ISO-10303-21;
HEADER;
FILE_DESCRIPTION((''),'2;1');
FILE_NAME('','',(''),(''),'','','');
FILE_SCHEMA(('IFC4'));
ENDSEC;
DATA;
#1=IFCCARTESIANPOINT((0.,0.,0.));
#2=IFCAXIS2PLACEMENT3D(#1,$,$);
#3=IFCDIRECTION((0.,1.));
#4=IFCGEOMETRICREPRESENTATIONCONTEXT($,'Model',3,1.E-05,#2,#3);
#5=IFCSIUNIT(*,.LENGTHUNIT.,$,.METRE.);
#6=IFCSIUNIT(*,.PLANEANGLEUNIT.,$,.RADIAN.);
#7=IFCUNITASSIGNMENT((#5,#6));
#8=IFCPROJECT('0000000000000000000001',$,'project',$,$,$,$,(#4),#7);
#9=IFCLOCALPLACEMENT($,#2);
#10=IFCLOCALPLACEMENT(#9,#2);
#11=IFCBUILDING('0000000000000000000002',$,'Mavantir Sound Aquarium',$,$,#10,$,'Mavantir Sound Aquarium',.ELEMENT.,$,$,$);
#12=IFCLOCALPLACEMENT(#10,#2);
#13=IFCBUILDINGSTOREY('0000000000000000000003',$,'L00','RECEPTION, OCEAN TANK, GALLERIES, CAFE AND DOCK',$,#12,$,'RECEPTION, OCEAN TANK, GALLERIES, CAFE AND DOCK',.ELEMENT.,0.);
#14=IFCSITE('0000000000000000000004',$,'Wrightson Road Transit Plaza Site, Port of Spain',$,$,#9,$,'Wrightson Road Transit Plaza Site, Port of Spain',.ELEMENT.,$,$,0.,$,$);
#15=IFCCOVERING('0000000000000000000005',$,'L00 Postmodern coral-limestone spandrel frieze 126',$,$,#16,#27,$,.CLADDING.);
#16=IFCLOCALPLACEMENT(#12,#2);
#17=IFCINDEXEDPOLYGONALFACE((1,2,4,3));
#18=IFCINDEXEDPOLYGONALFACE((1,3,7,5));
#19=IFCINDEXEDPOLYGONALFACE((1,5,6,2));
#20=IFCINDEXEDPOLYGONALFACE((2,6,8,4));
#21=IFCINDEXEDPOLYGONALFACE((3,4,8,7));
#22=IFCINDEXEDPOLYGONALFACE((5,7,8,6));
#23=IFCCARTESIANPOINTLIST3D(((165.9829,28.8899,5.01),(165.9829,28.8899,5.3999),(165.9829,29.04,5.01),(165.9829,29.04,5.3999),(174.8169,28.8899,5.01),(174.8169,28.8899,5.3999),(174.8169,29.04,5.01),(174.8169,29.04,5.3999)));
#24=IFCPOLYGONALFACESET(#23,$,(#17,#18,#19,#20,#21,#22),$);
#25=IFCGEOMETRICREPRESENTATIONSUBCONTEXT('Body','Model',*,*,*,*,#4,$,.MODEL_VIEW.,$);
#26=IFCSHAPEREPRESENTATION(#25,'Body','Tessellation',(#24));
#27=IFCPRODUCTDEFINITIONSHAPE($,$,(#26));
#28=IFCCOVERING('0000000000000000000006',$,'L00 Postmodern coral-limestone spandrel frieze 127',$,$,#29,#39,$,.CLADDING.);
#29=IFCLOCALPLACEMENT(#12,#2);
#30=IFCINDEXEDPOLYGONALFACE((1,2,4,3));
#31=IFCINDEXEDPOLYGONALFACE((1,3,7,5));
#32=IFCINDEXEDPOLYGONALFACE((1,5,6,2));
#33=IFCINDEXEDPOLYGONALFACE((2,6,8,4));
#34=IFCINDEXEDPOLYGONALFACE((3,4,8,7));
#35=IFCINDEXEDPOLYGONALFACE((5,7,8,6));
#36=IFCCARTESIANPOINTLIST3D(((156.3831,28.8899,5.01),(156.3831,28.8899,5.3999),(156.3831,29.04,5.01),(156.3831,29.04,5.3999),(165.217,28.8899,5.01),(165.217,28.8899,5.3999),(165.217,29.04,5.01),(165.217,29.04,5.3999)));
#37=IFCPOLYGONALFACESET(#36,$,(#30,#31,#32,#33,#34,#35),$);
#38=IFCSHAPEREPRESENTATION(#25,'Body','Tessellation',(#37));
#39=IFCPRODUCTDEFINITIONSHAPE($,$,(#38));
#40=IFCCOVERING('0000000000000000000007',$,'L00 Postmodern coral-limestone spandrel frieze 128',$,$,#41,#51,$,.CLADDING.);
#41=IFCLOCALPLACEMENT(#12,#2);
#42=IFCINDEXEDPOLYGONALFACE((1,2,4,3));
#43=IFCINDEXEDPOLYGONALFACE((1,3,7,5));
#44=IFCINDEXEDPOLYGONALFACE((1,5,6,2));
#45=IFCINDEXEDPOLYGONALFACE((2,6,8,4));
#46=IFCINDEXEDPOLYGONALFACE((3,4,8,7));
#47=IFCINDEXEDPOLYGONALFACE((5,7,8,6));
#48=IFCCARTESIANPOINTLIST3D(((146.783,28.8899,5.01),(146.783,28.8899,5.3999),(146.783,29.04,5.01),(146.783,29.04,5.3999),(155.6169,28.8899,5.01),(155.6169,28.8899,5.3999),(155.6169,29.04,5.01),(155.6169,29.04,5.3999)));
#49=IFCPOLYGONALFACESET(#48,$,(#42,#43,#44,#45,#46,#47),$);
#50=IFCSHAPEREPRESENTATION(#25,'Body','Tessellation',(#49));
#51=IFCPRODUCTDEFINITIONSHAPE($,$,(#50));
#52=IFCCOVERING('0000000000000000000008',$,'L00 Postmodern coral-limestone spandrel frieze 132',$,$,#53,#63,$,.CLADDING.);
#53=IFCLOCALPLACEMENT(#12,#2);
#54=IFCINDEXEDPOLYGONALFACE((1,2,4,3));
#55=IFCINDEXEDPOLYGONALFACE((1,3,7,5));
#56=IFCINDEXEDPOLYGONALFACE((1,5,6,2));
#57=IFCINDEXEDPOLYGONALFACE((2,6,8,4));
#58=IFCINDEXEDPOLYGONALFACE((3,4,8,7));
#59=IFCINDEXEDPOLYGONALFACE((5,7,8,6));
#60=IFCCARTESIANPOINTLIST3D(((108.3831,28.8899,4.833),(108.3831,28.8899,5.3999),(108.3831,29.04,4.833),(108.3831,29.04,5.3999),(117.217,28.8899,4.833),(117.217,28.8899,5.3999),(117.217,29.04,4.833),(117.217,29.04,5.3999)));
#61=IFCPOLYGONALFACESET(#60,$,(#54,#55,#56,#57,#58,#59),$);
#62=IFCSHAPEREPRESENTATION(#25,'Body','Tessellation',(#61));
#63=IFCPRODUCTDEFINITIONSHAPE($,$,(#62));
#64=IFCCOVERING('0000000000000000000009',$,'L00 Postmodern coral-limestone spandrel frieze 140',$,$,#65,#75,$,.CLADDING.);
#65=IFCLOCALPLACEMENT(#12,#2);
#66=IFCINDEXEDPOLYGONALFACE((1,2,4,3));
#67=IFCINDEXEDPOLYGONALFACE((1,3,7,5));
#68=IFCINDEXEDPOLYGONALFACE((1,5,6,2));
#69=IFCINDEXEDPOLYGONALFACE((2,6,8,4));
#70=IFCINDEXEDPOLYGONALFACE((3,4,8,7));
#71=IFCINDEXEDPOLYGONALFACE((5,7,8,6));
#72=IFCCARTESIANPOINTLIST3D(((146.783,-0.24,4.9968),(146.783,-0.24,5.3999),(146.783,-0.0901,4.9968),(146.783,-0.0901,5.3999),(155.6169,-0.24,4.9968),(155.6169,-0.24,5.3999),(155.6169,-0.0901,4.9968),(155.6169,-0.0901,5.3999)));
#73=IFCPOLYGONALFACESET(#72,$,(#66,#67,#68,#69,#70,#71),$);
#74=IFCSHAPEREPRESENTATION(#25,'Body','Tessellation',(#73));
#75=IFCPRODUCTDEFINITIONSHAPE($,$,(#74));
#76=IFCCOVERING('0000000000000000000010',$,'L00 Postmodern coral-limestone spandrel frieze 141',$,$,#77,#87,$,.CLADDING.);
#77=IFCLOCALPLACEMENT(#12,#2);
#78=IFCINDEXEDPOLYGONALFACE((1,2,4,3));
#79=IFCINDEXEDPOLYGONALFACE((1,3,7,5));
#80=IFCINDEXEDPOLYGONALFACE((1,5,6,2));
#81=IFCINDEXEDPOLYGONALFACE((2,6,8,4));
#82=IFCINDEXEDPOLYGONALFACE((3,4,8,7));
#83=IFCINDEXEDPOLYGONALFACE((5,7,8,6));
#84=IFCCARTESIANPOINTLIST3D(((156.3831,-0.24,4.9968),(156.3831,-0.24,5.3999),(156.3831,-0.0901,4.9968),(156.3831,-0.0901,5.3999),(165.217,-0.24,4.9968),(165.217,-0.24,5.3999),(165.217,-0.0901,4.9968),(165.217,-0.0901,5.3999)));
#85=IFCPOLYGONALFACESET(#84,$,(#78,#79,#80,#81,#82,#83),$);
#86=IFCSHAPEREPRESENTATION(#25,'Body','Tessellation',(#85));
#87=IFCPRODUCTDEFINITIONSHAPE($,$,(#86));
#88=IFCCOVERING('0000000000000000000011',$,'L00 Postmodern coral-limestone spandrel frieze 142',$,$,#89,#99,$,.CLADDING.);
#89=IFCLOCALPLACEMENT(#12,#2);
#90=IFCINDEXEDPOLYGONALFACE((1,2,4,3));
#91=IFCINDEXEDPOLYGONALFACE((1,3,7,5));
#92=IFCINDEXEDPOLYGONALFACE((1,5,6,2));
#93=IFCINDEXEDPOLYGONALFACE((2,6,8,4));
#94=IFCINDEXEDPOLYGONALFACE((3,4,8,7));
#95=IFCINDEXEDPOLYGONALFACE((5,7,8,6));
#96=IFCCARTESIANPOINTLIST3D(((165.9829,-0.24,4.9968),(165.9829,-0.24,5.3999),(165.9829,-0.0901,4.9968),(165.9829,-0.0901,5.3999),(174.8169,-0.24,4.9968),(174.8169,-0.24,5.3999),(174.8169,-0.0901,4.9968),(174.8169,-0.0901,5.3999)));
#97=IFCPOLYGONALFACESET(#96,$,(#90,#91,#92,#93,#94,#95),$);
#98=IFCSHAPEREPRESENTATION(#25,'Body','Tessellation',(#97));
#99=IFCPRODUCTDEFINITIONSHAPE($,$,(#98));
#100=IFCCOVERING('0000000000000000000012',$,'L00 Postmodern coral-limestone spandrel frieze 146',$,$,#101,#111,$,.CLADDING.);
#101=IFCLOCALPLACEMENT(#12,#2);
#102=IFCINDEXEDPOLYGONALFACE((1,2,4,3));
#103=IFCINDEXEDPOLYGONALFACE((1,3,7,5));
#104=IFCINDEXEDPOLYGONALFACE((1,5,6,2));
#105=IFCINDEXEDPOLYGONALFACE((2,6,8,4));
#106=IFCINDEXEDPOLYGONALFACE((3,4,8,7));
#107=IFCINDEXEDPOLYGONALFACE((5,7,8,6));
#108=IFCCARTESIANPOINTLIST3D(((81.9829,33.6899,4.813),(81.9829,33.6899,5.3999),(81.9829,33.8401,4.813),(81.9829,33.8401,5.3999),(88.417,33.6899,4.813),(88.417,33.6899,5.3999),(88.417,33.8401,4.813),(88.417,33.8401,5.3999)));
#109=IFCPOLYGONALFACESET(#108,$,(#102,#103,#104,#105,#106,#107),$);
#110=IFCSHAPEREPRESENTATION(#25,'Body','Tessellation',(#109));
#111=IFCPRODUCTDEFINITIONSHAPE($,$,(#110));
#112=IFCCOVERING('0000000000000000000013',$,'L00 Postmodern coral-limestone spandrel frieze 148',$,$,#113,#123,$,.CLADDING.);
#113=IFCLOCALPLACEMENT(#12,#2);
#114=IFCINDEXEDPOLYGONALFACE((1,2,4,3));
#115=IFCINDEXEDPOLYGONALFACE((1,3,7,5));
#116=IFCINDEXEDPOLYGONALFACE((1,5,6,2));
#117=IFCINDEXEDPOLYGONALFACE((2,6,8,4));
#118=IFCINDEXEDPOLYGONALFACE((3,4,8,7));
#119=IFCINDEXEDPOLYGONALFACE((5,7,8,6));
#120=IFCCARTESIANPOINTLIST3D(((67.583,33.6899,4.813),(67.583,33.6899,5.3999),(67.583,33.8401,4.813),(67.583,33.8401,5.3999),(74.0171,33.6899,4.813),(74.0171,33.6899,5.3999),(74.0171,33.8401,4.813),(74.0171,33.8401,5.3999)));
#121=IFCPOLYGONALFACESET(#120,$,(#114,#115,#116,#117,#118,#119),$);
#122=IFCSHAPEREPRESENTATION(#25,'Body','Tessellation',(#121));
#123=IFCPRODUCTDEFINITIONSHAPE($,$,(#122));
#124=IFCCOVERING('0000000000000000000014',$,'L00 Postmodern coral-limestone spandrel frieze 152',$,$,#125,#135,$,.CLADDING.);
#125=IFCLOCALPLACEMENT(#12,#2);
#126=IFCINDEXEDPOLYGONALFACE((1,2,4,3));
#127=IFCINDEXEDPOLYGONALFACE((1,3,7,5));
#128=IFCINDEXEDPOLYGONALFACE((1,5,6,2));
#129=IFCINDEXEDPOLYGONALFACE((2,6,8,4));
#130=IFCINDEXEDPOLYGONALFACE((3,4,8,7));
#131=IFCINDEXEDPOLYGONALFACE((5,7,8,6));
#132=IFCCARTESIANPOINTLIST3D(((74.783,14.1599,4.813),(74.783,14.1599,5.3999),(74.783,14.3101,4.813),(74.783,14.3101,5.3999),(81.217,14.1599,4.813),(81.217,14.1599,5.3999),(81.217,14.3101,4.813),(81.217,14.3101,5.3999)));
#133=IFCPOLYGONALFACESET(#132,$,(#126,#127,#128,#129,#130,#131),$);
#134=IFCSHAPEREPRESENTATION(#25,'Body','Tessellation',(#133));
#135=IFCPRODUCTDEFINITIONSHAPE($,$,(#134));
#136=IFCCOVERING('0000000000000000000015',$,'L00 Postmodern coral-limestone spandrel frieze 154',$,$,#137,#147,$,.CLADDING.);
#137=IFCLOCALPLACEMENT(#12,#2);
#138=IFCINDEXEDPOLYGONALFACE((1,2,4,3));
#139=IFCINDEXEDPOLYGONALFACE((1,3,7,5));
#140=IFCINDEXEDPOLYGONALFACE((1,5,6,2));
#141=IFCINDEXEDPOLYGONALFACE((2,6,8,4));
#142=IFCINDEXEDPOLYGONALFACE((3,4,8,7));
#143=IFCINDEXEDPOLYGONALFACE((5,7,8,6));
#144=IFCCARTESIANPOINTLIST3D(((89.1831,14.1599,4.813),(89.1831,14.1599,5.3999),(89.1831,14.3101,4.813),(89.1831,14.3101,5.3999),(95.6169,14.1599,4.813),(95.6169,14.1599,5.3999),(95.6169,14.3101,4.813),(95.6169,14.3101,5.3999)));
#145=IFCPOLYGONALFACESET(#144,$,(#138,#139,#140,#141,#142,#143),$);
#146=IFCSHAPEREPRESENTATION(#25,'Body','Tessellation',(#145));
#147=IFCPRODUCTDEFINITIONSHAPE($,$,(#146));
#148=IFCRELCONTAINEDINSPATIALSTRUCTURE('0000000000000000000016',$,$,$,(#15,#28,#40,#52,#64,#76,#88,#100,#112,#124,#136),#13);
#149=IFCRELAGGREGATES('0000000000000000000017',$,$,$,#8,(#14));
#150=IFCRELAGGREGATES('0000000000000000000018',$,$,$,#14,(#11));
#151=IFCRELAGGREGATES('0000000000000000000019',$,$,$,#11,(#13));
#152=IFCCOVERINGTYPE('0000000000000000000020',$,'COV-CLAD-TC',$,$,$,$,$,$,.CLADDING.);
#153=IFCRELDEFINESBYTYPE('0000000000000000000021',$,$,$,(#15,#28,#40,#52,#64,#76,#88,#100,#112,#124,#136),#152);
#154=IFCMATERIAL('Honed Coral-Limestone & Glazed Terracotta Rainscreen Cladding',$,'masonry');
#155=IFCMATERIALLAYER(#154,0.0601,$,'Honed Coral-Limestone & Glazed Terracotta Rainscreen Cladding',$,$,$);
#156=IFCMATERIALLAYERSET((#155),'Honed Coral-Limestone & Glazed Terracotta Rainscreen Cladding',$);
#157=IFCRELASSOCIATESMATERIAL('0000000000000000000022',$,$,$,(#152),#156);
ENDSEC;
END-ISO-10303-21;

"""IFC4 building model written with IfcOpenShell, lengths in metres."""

from ifc_helpers import new_model, si_unit, direction, frame, origin, place, context, subcontext, project, spatial, polyline, outline, extrude, material, layer, layer_set, type_object, element, save


model = new_model("IFC4")

# Units and contexts
model_context = context("Model", 3, precision=1e-05, world=origin(), true_north=direction((0.0, 1.0)))
body_context = subcontext(model_context, "Body", "Model", "MODEL_VIEW")
ifc_project = project(units=[si_unit("LENGTHUNIT", "METRE"), si_unit("PLANEANGLEUNIT", "RADIAN")], contexts=[model_context])

# Site, building, storey
site_placement = place(None, origin())
site = spatial("IfcSite", under=ifc_project, at=site_placement, Name="Wrightson Road Transit Plaza Site, Port of Spain", LongName="Wrightson Road Transit Plaza Site, Port of Spain", CompositionType="ELEMENT", RefElevation=0.0)
building_placement = place(site_placement, origin())
building = spatial("IfcBuilding", under=site, at=building_placement, Name="Mavantir Sound Aquarium", LongName="Mavantir Sound Aquarium", CompositionType="ELEMENT")
storey_placement = place(building_placement, origin())
storey = spatial("IfcBuildingStorey", under=building, at=storey_placement, Name="L00", Description="RECEPTION, OCEAN TANK, GALLERIES, CAFE AND DOCK", LongName="RECEPTION, OCEAN TANK, GALLERIES, CAFE AND DOCK", CompositionType="ELEMENT", Elevation=0.0)

# Coverings
ifc_material = material(Name="Honed Coral-Limestone & Glazed Terracotta Rainscreen Cladding", Category="masonry")
ifc_layer = layer(ifc_material, 0.0601, Name="Honed Coral-Limestone & Glazed Terracotta Rainscreen Cladding")
ifc_layer_set = layer_set([ifc_layer], Name="Honed Coral-Limestone & Glazed Terracotta Rainscreen Cladding")
covering_type = type_object("IfcCoveringType", Name="COV-CLAD-TC", PredefinedType="CLADDING", material=ifc_layer_set)
covering_1_placement = place(storey_placement, frame((0.0, 0.0, 5.01)))
element("IfcCovering", 1, at=covering_1_placement, inside=storey, type_object=covering_type, Name="L00 Postmodern coral-limestone spandrel frieze 126", PredefinedType="CLADDING", context=body_context, shape_type="SweptSolid", body=[
    extrude(outline(polyline([(174.8169, 28.8899), (165.9829, 28.8899), (165.9829, 29.04), (174.8169, 29.04), (174.8169, 28.8899)])), origin(), (0.0, 0.0, 1.0), 0.3899),
])
covering_2_placement = place(storey_placement, frame((0.0, 0.0, 5.01)))
element("IfcCovering", 2, at=covering_2_placement, inside=storey, type_object=covering_type, Name="L00 Postmodern coral-limestone spandrel frieze 127", PredefinedType="CLADDING", context=body_context, shape_type="SweptSolid", body=[
    extrude(outline(polyline([(165.217, 28.8899), (156.3831, 28.8899), (156.3831, 29.04), (165.217, 29.04), (165.217, 28.8899)])), origin(), (0.0, 0.0, 1.0), 0.3899),
])
covering_3_placement = place(storey_placement, frame((0.0, 0.0, 5.01)))
element("IfcCovering", 3, at=covering_3_placement, inside=storey, type_object=covering_type, Name="L00 Postmodern coral-limestone spandrel frieze 128", PredefinedType="CLADDING", context=body_context, shape_type="SweptSolid", body=[
    extrude(outline(polyline([(155.6169, 28.8899), (146.783, 28.8899), (146.783, 29.04), (155.6169, 29.04), (155.6169, 28.8899)])), origin(), (0.0, 0.0, 1.0), 0.3899),
])
covering_4_placement = place(storey_placement, frame((0.0, 0.0, 4.833)))
element("IfcCovering", 4, at=covering_4_placement, inside=storey, type_object=covering_type, Name="L00 Postmodern coral-limestone spandrel frieze 132", PredefinedType="CLADDING", context=body_context, shape_type="SweptSolid", body=[
    extrude(outline(polyline([(117.217, 28.8899), (108.3831, 28.8899), (108.3831, 29.04), (117.217, 29.04), (117.217, 28.8899)])), origin(), (0.0, 0.0, 1.0), 0.5669),
])
covering_5_placement = place(storey_placement, frame((0.0, 0.0, 4.9968)))
element("IfcCovering", 5, at=covering_5_placement, inside=storey, type_object=covering_type, Name="L00 Postmodern coral-limestone spandrel frieze 140", PredefinedType="CLADDING", context=body_context, shape_type="SweptSolid", body=[
    extrude(outline(polyline([(146.783, -0.0901), (155.6169, -0.0901), (155.6169, -0.24), (146.783, -0.24), (146.783, -0.0901)])), origin(), (0.0, 0.0, 1.0), 0.4031),
])
covering_6_placement = place(storey_placement, frame((0.0, 0.0, 4.9968)))
element("IfcCovering", 6, at=covering_6_placement, inside=storey, type_object=covering_type, Name="L00 Postmodern coral-limestone spandrel frieze 141", PredefinedType="CLADDING", context=body_context, shape_type="SweptSolid", body=[
    extrude(outline(polyline([(156.3831, -0.0901), (165.217, -0.0901), (165.217, -0.24), (156.3831, -0.24), (156.3831, -0.0901)])), origin(), (0.0, 0.0, 1.0), 0.4031),
])
covering_7_placement = place(storey_placement, frame((0.0, 0.0, 4.9968)))
element("IfcCovering", 7, at=covering_7_placement, inside=storey, type_object=covering_type, Name="L00 Postmodern coral-limestone spandrel frieze 142", PredefinedType="CLADDING", context=body_context, shape_type="SweptSolid", body=[
    extrude(outline(polyline([(165.9829, -0.0901), (174.8169, -0.0901), (174.8169, -0.24), (165.9829, -0.24), (165.9829, -0.0901)])), origin(), (0.0, 0.0, 1.0), 0.4031),
])
covering_8_placement = place(storey_placement, frame((0.0, 0.0, 4.813)))
element("IfcCovering", 8, at=covering_8_placement, inside=storey, type_object=covering_type, Name="L00 Postmodern coral-limestone spandrel frieze 146", PredefinedType="CLADDING", context=body_context, shape_type="SweptSolid", body=[
    extrude(outline(polyline([(88.417, 33.6899), (81.9829, 33.6899), (81.9829, 33.8401), (88.417, 33.8401), (88.417, 33.6899)])), origin(), (0.0, 0.0, 1.0), 0.5869),
])
covering_9_placement = place(storey_placement, frame((0.0, 0.0, 4.813)))
element("IfcCovering", 9, at=covering_9_placement, inside=storey, type_object=covering_type, Name="L00 Postmodern coral-limestone spandrel frieze 148", PredefinedType="CLADDING", context=body_context, shape_type="SweptSolid", body=[
    extrude(outline(polyline([(74.0171, 33.6899), (67.583, 33.6899), (67.583, 33.8401), (74.0171, 33.8401), (74.0171, 33.6899)])), origin(), (0.0, 0.0, 1.0), 0.5869),
])
covering_10_placement = place(storey_placement, frame((0.0, 0.0, 4.813)))
element("IfcCovering", 10, at=covering_10_placement, inside=storey, type_object=covering_type, Name="L00 Postmodern coral-limestone spandrel frieze 152", PredefinedType="CLADDING", context=body_context, shape_type="SweptSolid", body=[
    extrude(outline(polyline([(74.783, 14.3101), (81.217, 14.3101), (81.217, 14.1599), (74.783, 14.1599), (74.783, 14.3101)])), origin(), (0.0, 0.0, 1.0), 0.5869),
])
covering_11_placement = place(storey_placement, frame((0.0, 0.0, 4.813)))
element("IfcCovering", 11, at=covering_11_placement, inside=storey, type_object=covering_type, Name="L00 Postmodern coral-limestone spandrel frieze 154", PredefinedType="CLADDING", context=body_context, shape_type="SweptSolid", body=[
    extrude(outline(polyline([(89.1831, 14.3101), (95.6169, 14.3101), (95.6169, 14.1599), (89.1831, 14.1599), (89.1831, 14.3101)])), origin(), (0.0, 0.0, 1.0), 0.5869),
])

save(model, "model.ifc")
